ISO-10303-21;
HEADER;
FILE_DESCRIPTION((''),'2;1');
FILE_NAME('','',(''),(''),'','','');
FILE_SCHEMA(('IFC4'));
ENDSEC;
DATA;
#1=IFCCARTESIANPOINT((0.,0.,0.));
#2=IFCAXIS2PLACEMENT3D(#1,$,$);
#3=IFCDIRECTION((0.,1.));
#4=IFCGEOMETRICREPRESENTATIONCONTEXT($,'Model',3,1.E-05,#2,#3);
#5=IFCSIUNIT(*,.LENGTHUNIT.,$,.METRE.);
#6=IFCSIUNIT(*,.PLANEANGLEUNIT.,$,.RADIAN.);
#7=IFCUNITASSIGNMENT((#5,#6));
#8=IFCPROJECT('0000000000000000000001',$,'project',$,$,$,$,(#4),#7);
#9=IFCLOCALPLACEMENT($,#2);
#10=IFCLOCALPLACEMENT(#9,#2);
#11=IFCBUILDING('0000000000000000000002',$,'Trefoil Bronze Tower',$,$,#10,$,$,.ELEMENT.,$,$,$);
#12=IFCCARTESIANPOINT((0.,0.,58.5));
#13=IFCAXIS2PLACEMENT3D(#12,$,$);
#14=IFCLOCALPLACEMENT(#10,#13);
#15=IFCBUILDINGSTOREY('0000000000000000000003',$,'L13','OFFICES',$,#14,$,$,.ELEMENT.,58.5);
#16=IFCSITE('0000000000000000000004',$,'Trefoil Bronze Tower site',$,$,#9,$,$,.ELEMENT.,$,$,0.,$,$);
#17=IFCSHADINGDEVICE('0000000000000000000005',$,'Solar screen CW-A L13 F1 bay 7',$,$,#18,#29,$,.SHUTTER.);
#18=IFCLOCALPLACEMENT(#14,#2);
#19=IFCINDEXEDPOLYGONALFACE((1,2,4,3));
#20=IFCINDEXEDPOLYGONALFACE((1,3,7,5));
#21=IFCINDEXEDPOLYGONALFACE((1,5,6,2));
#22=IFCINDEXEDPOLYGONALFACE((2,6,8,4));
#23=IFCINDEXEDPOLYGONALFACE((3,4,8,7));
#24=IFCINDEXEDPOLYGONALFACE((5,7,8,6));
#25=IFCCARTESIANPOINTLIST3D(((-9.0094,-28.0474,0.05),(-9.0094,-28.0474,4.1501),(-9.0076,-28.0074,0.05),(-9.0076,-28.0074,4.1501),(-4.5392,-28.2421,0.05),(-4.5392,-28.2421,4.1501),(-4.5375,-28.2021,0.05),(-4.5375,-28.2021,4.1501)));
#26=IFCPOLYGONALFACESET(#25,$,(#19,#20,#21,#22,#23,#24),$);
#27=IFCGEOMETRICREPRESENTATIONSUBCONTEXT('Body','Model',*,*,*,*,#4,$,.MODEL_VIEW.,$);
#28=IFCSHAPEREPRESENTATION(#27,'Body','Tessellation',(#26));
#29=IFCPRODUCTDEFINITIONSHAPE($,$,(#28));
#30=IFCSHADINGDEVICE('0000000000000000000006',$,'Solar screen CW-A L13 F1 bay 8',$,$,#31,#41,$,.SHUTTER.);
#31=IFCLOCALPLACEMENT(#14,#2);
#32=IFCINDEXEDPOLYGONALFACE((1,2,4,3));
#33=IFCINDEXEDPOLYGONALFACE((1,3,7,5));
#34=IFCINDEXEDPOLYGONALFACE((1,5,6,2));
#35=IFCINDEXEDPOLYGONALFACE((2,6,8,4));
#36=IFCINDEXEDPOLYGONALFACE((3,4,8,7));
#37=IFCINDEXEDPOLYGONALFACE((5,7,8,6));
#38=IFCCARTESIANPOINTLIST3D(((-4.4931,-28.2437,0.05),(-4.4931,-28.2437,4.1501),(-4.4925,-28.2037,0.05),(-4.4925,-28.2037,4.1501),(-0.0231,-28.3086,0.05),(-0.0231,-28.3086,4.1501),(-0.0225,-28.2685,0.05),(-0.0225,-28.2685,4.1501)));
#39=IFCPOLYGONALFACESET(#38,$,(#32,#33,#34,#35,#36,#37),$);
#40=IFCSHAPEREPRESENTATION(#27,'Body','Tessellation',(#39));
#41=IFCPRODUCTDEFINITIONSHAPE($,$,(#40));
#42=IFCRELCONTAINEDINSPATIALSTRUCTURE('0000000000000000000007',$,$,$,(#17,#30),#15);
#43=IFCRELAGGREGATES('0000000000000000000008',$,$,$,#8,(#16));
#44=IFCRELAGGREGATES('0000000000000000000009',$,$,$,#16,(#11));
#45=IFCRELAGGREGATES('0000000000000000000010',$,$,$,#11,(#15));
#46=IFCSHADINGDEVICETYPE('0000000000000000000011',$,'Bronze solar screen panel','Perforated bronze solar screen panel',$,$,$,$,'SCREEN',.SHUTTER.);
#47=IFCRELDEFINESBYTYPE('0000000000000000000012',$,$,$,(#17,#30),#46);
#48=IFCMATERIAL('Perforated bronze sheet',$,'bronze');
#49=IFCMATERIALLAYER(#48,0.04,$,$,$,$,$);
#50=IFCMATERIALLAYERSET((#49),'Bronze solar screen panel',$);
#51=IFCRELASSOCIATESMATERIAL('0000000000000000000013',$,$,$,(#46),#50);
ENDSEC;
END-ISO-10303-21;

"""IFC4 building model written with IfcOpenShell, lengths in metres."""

from ifc_helpers import new_model, si_unit, direction, frame, origin, origin_2d, place, context, subcontext, project, spatial, rectangle, extrude, material, layer, layer_set, type_object, element, save


model = new_model("IFC4")

# Units and contexts
model_context = context("Model", 3, precision=1e-05, world=origin(), true_north=direction((0.0, 1.0)))
body_context = subcontext(model_context, "Body", "Model", "MODEL_VIEW")
ifc_project = project(units=[si_unit("LENGTHUNIT", "METRE"), si_unit("PLANEANGLEUNIT", "RADIAN")], contexts=[model_context])

# Site, building, storey
site_placement = place(None, origin())
site = spatial("IfcSite", under=ifc_project, at=site_placement, Name="Trefoil Bronze Tower site", CompositionType="ELEMENT", RefElevation=0.0)
building_placement = place(site_placement, origin())
building = spatial("IfcBuilding", under=site, at=building_placement, Name="Trefoil Bronze Tower", CompositionType="ELEMENT")
storey_placement = place(building_placement, frame((0.0, 0.0, 58.5)))
storey = spatial("IfcBuildingStorey", under=building, at=storey_placement, Name="L13", Description="OFFICES", CompositionType="ELEMENT", Elevation=58.5)

# Shading devices
ifc_material_1 = material(Name="Perforated bronze sheet", Category="bronze")
ifc_layer_1 = layer(ifc_material_1, 0.04)
ifc_layer_set_1 = layer_set([ifc_layer_1], Name="Bronze solar screen panel")
shading_device_type = type_object("IfcShadingDeviceType", Name="Bronze solar screen panel", Description="Perforated bronze solar screen panel", ElementType="SCREEN", PredefinedType="SHUTTER", material=ifc_layer_set_1)
shading_device_1_placement = place(storey_placement, frame((-6.7734, -28.1248, 0.05), z_axis=(0.0, 0.0, 1.0), x_axis=(0.999052, -0.043528, 0.0)))
element("IfcShadingDevice", 1, at=shading_device_1_placement, inside=storey, type_object=shading_device_type, Name="Solar screen CW-A L13 F1 bay 7", PredefinedType="SHUTTER", context=body_context, shape_type="SweptSolid", body=[
    extrude(rectangle(XDim=4.4744, YDim=0.04, at=origin_2d()), origin(), (0.0, 0.0, 1.0), 4.1001),
])
shading_device_2_placement = place(storey_placement, frame((-2.2578, -28.2561, 0.05), z_axis=(0.0, 0.0, 1.0), x_axis=(0.999895, -0.014509, 0.0)))
element("IfcShadingDevice", 2, at=shading_device_2_placement, inside=storey, type_object=shading_device_type, Name="Solar screen CW-A L13 F1 bay 8", PredefinedType="SHUTTER", context=body_context, shape_type="SweptSolid", body=[
    extrude(rectangle(XDim=4.4705, YDim=0.04, at=origin_2d()), origin(), (0.0, 0.0, 1.0), 4.1001),
])

save(model, "model.ifc")
